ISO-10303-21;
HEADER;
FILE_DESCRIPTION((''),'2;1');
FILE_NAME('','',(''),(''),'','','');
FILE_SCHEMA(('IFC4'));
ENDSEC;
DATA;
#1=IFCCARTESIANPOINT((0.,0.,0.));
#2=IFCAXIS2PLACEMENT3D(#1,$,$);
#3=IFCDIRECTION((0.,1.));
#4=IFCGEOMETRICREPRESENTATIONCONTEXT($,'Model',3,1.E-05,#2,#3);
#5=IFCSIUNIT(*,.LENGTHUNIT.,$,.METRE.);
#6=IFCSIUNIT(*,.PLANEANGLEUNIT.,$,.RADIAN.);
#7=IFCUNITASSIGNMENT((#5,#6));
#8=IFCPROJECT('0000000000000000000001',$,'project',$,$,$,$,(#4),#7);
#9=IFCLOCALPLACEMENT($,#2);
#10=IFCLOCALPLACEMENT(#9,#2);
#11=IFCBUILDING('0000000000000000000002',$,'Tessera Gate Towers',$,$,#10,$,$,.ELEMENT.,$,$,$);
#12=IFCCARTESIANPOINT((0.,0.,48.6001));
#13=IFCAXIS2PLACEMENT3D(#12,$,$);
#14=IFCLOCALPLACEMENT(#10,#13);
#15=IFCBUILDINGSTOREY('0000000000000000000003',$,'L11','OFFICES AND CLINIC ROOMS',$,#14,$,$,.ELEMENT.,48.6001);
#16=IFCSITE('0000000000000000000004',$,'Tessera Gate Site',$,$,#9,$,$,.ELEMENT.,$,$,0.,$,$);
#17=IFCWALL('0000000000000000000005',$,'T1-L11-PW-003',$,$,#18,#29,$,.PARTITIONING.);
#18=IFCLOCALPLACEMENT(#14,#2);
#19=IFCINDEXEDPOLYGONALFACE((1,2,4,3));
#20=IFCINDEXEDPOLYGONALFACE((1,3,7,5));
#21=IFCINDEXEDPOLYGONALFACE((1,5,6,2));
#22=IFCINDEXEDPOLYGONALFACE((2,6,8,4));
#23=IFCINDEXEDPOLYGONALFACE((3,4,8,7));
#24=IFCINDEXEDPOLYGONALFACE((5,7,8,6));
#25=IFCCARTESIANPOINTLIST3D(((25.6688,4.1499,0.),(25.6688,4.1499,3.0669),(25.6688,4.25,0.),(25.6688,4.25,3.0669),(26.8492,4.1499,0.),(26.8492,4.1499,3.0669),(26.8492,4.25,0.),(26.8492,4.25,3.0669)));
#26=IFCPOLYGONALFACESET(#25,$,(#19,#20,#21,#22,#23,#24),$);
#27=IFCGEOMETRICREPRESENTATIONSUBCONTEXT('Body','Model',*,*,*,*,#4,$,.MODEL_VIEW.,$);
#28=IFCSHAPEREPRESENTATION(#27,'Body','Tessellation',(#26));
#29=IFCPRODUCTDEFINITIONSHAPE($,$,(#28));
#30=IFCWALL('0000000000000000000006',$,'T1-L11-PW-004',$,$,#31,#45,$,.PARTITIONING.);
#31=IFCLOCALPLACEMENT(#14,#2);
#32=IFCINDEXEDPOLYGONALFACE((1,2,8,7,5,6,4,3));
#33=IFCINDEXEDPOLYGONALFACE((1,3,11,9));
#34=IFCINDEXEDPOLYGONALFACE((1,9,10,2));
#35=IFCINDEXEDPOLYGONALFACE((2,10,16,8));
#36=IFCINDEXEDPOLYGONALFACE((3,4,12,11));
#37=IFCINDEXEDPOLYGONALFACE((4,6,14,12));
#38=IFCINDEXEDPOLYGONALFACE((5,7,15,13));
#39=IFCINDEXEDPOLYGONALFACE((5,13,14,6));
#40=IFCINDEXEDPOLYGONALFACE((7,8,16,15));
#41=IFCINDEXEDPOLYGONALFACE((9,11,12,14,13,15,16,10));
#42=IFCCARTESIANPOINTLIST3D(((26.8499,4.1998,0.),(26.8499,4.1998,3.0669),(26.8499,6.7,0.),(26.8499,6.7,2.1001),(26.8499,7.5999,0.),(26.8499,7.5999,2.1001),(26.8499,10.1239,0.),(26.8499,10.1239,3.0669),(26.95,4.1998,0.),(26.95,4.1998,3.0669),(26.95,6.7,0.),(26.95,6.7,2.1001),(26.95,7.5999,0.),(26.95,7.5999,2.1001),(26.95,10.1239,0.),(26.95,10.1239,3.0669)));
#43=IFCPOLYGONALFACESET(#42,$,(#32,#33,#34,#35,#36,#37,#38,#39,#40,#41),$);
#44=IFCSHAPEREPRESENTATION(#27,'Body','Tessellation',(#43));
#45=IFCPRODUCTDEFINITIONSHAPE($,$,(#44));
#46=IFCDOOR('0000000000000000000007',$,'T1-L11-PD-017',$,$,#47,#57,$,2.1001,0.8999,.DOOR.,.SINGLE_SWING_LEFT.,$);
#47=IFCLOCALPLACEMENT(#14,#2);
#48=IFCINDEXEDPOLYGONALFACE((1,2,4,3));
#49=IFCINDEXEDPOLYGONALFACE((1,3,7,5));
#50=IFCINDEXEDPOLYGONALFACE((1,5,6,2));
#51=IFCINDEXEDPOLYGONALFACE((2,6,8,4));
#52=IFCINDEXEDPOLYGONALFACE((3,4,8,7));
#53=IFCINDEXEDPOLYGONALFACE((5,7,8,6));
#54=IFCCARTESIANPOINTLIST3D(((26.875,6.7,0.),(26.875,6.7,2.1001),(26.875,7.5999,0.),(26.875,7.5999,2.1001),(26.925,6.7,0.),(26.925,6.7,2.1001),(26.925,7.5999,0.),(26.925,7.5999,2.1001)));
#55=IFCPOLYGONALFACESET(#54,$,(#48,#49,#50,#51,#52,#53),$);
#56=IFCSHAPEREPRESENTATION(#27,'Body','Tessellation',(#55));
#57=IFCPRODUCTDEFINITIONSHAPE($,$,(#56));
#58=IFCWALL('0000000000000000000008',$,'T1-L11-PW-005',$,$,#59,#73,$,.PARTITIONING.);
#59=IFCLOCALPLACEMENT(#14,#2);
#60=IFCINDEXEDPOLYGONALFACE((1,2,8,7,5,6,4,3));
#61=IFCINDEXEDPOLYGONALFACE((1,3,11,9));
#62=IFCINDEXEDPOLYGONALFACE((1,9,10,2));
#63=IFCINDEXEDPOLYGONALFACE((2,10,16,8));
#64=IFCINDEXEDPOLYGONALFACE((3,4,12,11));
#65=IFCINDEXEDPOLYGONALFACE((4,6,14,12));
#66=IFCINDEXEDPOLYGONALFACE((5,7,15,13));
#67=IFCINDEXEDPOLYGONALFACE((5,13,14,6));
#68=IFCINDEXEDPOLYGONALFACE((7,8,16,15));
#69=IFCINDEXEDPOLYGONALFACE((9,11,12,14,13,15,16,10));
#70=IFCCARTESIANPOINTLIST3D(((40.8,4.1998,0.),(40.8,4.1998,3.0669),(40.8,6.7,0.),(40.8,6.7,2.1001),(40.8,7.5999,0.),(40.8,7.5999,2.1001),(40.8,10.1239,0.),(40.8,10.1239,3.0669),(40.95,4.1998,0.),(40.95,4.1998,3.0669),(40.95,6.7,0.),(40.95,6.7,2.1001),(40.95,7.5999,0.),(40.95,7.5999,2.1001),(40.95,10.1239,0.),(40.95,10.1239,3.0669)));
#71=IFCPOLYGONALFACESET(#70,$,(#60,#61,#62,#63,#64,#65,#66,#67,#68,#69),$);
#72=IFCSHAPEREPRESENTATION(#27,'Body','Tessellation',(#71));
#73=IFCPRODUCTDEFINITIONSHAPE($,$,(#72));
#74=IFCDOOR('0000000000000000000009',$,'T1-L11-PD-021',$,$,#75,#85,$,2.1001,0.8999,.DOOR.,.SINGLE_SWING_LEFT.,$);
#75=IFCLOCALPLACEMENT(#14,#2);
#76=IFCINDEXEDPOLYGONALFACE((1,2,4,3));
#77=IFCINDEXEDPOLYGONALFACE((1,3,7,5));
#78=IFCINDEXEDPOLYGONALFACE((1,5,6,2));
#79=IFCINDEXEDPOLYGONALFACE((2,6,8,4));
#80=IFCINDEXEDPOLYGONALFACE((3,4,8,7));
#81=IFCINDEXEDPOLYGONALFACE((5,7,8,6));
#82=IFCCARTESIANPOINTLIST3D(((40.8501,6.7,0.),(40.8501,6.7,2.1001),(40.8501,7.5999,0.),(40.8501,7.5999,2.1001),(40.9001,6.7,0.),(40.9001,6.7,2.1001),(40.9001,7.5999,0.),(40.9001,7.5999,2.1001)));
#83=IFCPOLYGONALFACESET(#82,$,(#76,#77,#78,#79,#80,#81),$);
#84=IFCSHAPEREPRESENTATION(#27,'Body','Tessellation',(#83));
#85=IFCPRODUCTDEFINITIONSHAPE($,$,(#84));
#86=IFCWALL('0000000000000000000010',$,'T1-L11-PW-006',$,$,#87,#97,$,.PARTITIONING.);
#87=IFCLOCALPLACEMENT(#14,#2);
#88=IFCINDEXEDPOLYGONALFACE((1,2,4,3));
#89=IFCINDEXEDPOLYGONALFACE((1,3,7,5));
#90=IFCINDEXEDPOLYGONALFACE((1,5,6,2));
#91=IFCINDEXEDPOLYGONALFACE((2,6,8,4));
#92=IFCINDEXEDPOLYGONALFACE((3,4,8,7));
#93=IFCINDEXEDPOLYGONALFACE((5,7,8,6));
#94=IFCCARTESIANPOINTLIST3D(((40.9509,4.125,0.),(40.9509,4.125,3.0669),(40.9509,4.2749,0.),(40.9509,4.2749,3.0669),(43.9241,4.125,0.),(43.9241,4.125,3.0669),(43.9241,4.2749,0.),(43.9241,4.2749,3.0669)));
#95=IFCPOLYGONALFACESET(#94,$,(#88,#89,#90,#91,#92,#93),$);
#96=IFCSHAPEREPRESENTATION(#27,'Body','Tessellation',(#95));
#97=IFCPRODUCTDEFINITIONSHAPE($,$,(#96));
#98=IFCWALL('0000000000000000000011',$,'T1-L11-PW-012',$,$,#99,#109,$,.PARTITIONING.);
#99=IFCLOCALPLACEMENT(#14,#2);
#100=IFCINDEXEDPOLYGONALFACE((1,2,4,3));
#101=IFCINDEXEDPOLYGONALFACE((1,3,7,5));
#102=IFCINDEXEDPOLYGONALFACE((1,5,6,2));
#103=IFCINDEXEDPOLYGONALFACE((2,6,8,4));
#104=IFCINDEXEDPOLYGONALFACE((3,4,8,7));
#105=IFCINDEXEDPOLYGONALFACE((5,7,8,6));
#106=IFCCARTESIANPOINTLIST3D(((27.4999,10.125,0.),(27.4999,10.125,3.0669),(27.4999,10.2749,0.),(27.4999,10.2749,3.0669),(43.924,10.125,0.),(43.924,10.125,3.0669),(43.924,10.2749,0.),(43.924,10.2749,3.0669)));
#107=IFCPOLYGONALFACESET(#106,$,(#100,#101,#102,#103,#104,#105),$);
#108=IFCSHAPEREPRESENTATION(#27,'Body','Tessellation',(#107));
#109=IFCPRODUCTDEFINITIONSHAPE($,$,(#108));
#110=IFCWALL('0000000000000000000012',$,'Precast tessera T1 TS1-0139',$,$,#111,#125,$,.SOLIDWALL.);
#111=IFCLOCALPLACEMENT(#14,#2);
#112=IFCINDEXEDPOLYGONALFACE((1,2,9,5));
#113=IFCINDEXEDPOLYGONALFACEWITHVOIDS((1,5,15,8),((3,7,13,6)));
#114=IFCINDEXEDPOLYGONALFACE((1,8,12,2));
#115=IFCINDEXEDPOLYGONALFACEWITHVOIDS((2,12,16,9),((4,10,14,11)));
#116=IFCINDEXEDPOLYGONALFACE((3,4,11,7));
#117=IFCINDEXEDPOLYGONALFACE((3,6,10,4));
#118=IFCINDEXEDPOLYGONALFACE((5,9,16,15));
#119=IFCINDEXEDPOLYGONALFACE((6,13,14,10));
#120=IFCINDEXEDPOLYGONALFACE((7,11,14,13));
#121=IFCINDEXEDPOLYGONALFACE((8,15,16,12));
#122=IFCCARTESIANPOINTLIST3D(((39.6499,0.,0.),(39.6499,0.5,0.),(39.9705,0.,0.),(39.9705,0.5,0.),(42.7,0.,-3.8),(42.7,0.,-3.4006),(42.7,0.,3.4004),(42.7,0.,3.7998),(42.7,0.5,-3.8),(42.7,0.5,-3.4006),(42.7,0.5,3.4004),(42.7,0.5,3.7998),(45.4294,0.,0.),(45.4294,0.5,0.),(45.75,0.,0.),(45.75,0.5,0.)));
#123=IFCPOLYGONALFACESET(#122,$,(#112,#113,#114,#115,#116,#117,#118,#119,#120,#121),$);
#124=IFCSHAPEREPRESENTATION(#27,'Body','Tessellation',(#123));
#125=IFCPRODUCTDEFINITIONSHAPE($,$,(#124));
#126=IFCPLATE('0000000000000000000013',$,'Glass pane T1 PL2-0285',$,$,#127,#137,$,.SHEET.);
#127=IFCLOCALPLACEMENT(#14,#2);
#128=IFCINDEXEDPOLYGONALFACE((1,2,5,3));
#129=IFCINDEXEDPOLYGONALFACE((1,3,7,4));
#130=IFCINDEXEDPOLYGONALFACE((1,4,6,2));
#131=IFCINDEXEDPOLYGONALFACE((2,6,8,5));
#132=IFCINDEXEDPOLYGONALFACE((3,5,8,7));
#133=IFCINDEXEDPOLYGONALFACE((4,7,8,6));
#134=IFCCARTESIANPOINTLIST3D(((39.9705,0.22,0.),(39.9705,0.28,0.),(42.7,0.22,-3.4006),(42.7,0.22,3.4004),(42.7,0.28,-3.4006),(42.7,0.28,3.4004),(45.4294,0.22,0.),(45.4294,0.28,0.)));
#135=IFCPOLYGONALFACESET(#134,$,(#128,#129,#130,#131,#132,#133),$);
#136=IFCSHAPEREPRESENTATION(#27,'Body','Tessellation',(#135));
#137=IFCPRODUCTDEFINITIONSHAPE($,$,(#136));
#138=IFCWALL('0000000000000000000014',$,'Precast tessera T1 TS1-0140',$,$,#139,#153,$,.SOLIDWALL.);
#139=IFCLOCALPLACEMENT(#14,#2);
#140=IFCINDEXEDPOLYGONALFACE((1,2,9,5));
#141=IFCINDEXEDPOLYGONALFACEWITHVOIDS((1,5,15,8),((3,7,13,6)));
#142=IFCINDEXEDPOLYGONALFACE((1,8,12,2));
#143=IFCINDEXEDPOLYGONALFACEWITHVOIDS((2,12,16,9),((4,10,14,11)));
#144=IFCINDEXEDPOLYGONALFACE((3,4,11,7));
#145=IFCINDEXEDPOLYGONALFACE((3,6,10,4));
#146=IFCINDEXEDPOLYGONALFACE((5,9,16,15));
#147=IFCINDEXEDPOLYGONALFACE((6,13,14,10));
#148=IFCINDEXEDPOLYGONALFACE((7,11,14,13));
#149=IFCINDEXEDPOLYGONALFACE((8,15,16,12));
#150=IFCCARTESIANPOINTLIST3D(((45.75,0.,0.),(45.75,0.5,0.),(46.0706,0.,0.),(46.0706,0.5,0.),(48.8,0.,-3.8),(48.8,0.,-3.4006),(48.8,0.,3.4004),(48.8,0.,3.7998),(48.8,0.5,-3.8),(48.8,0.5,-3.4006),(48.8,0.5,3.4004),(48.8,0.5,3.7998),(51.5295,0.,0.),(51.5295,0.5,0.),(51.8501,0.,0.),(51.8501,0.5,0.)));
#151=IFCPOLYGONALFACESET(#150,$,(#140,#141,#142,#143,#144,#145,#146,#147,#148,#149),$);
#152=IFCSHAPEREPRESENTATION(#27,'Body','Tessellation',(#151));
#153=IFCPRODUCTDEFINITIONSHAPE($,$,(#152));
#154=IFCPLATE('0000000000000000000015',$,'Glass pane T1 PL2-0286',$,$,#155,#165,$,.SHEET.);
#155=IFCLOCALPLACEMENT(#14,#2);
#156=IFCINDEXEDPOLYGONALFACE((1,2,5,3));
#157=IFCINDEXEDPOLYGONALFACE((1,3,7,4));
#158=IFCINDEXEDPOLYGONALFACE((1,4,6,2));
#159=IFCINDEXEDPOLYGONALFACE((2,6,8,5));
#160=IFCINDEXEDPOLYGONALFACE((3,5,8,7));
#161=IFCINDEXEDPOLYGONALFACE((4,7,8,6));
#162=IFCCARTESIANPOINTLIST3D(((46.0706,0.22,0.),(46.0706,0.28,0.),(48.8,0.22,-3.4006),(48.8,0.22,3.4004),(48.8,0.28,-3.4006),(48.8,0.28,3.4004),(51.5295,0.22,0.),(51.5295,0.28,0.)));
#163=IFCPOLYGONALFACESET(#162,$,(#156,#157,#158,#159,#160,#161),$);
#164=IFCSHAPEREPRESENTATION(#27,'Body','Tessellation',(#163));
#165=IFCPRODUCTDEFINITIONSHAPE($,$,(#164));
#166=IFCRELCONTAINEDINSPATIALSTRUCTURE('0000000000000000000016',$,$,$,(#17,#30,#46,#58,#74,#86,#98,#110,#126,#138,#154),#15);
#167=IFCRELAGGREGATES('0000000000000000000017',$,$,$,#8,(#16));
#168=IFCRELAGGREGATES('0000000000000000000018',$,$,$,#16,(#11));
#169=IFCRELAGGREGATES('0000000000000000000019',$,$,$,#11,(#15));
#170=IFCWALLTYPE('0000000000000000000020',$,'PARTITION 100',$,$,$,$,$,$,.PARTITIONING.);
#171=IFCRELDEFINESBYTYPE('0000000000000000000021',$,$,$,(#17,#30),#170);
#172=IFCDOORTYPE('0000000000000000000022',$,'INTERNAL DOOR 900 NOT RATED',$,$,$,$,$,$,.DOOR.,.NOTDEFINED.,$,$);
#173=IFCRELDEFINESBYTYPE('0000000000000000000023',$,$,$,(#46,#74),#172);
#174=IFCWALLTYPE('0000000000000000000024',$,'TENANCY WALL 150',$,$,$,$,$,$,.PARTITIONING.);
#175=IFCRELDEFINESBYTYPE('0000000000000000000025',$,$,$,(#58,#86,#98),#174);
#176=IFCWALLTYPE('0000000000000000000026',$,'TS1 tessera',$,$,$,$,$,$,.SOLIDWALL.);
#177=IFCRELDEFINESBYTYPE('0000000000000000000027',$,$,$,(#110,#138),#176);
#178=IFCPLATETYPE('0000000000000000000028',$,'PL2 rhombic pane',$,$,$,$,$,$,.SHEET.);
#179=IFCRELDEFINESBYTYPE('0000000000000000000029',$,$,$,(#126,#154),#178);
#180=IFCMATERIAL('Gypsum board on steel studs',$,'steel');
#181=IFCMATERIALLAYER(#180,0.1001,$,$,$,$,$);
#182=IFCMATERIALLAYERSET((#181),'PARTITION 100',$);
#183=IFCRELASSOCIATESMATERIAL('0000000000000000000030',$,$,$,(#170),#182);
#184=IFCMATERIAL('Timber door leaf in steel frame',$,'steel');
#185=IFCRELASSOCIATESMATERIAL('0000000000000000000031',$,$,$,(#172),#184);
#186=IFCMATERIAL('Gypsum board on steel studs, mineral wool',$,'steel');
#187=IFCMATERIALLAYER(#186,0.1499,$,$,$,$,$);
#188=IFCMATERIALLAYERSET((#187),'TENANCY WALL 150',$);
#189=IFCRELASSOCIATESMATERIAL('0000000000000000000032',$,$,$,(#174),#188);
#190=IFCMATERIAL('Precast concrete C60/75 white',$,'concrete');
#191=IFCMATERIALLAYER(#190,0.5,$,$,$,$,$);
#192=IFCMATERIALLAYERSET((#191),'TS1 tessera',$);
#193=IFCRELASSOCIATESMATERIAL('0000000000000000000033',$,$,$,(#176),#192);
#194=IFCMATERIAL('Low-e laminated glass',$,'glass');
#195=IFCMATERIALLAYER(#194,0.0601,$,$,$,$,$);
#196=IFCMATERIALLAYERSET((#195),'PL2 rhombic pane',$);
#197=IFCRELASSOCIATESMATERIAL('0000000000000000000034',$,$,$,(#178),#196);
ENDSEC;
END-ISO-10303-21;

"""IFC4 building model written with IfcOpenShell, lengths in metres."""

from ifc_helpers import new_model, si_unit, direction, frame, frame_2d, origin, place, context, subcontext, project, spatial, polyline, rectangle, outline, extrude, source, transform, mapped, material, layer, layer_set, type_object, element, fill, save


model = new_model("IFC4")

# Units and contexts
model_context = context("Model", 3, precision=1e-05, world=origin(), true_north=direction((0.0, 1.0)))
body_context = subcontext(model_context, "Body", "Model", "MODEL_VIEW")
ifc_project = project(units=[si_unit("LENGTHUNIT", "METRE"), si_unit("PLANEANGLEUNIT", "RADIAN")], contexts=[model_context])

# Site, building, storey
site_placement = place(None, origin())
site = spatial("IfcSite", under=ifc_project, at=site_placement, Name="Tessera Gate Site", CompositionType="ELEMENT", RefElevation=0.0)
building_placement = place(site_placement, origin())
building = spatial("IfcBuilding", under=site, at=building_placement, Name="Tessera Gate Towers", CompositionType="ELEMENT")
storey_placement = place(building_placement, frame((0.0, 0.0, 48.6001)))
storey = spatial("IfcBuildingStorey", under=building, at=storey_placement, Name="L11", Description="OFFICES AND CLINIC ROOMS", CompositionType="ELEMENT", Elevation=48.6001)

# Shared definitions
shared_shape_1 = source(origin(), body_context, "Body", "SweptSolid", [
    extrude(rectangle(XDim=0.8999, YDim=2.1001, at=frame_2d((0.45, 1.05))), frame((0.0, 0.085, 0.0), z_axis=(0.0, -1.0, 0.0), x_axis=(1.0, 0.0, 0.0)), (0.0, 0.0, 1.0), 0.1699),
])
shared_shape_2 = source(origin(), body_context, "Body", "SweptSolid", [
    extrude(rectangle(XDim=0.8999, YDim=2.1001, at=frame_2d((0.45, 1.05))), frame((0.0, 0.0249, 0.0), z_axis=(0.0, -1.0, 0.0), x_axis=(1.0, 0.0, 0.0)), (0.0, 0.0, 1.0), 0.05),
])

# Shared definitions
shared_shape_3 = source(origin(), body_context, "Body", "SweptSolid", [
    extrude(rectangle(XDim=0.8999, YDim=2.1001, at=frame_2d((0.45, 1.05))), frame((0.0, 0.0601, 0.0), z_axis=(0.0, -1.0, 0.0), x_axis=(1.0, 0.0, 0.0)), (0.0, 0.0, 1.0), 0.1201),
])

# Wall
ifc_material_1 = material(Name="Gypsum board on steel studs", Category="steel")
ifc_layer_1 = layer(ifc_material_1, 0.1001)
ifc_layer_set_1 = layer_set([ifc_layer_1], Name="PARTITION 100")
wall_type_1 = type_object("IfcWallType", Name="PARTITION 100", PredefinedType="PARTITIONING", material=ifc_layer_set_1)
wall_1_placement = place(storey_placement, frame((25.6687, 4.2, 0.0), z_axis=(0.0, 0.0, 1.0), x_axis=(1.0, 0.0, 0.0)))
element("IfcWall", 1, at=wall_1_placement, inside=storey, type_object=wall_type_1, Name="T1-L11-PW-003", PredefinedType="PARTITIONING", context=body_context, shape_type="SweptSolid", body=[
    extrude(rectangle(XDim=1.1804, YDim=0.1001, at=frame_2d((0.5903, 0.0))), origin(), (0.0, 0.0, 1.0), 3.0669),
])

# Walls, openings, doors
wall_2_placement = place(storey_placement, frame((26.8999, 4.2, 0.0), z_axis=(0.0, 0.0, 1.0), x_axis=(0.0, 1.0, 0.0)))
wall_2 = element("IfcWall", 2, at=wall_2_placement, inside=storey, type_object=wall_type_1, Name="T1-L11-PW-004", PredefinedType="PARTITIONING", context=body_context, shape_type="SweptSolid", body=[
    extrude(rectangle(XDim=5.9241, YDim=0.1001, at=frame_2d((2.9619, 0.0))), origin(), (0.0, 0.0, 1.0), 3.0669),
])
opening_1_placement = place(wall_2_placement, frame((2.5, 0.0, 0.0)))
opening_1 = element("IfcOpeningElement", 3, at=opening_1_placement, cuts=wall_2, PredefinedType="OPENING", context=body_context, shape_type="MappedRepresentation", body=[
    mapped(shared_shape_3, transform((0.0, 0.0, 0.0), scale=1.0)),
])
ifc_material_2 = material(Name="Timber door leaf in steel frame", Category="steel")
door_type_1 = type_object("IfcDoorType", Name="INTERNAL DOOR 900 NOT RATED", OperationType="NOTDEFINED", PredefinedType="DOOR", material=ifc_material_2)
door_1_placement = place(opening_1_placement, origin())
door_1 = element("IfcDoor", 4, at=door_1_placement, inside=storey, type_object=door_type_1, Name="T1-L11-PD-017", OperationType="SINGLE_SWING_LEFT", OverallHeight=2.1001, OverallWidth=0.8999, PredefinedType="DOOR", context=body_context, shape_type="MappedRepresentation", body=[
    mapped(shared_shape_2, transform((0.0, 0.0, 0.0), scale=1.0)),
])
fill(opening_1, door_1)
ifc_material_3 = material(Name="Gypsum board on steel studs, mineral wool", Category="steel")
ifc_layer_2 = layer(ifc_material_3, 0.1499)
ifc_layer_set_2 = layer_set([ifc_layer_2], Name="TENANCY WALL 150")
wall_type_2 = type_object("IfcWallType", Name="TENANCY WALL 150", PredefinedType="PARTITIONING", material=ifc_layer_set_2)
wall_3_placement = place(storey_placement, frame((40.875, 4.2, 0.0), z_axis=(0.0, 0.0, 1.0), x_axis=(0.0, 1.0, 0.0)))
wall_3 = element("IfcWall", 5, at=wall_3_placement, inside=storey, type_object=wall_type_2, Name="T1-L11-PW-005", PredefinedType="PARTITIONING", context=body_context, shape_type="SweptSolid", body=[
    extrude(rectangle(XDim=5.9241, YDim=0.1499, at=frame_2d((2.9619, 0.0))), origin(), (0.0, 0.0, 1.0), 3.0669),
])
opening_2_placement = place(wall_3_placement, frame((2.5, 0.0, 0.0)))
opening_2 = element("IfcOpeningElement", 6, at=opening_2_placement, cuts=wall_3, PredefinedType="OPENING", context=body_context, shape_type="MappedRepresentation", body=[
    mapped(shared_shape_1, transform((0.0, 0.0, 0.0), scale=1.0)),
])
door_2_placement = place(opening_2_placement, origin())
door_2 = element("IfcDoor", 7, at=door_2_placement, inside=storey, type_object=door_type_1, Name="T1-L11-PD-021", OperationType="SINGLE_SWING_LEFT", OverallHeight=2.1001, OverallWidth=0.8999, PredefinedType="DOOR", context=body_context, shape_type="MappedRepresentation", body=[
    mapped(shared_shape_2, transform((0.0, 0.0, 0.0), scale=1.0)),
])
fill(opening_2, door_2)

# Walls
wall_4_placement = place(storey_placement, frame((40.9509, 4.2, 0.0), z_axis=(0.0, 0.0, 1.0), x_axis=(1.0, 0.0, 0.0)))
element("IfcWall", 8, at=wall_4_placement, inside=storey, type_object=wall_type_2, Name="T1-L11-PW-006", PredefinedType="PARTITIONING", context=body_context, shape_type="SweptSolid", body=[
    extrude(rectangle(XDim=2.9731, YDim=0.1499, at=frame_2d((1.4866, 0.0))), origin(), (0.0, 0.0, 1.0), 3.0669),
])
wall_5_placement = place(storey_placement, frame((27.5, 10.2, 0.0), z_axis=(0.0, 0.0, 1.0), x_axis=(1.0, 0.0, 0.0)))
element("IfcWall", 9, at=wall_5_placement, inside=storey, type_object=wall_type_2, Name="T1-L11-PW-012", PredefinedType="PARTITIONING", context=body_context, shape_type="SweptSolid", body=[
    extrude(rectangle(XDim=16.4241, YDim=0.1499, at=frame_2d((8.2119, 0.0))), origin(), (0.0, 0.0, 1.0), 3.0669),
])

# Walls, openings, plates
ifc_material_4 = material(Name="Precast concrete C60/75 white", Category="concrete")
ifc_layer_3 = layer(ifc_material_4, 0.5)
ifc_layer_set_3 = layer_set([ifc_layer_3], Name="TS1 tessera")
wall_type_3 = type_object("IfcWallType", Name="TS1 tessera", PredefinedType="SOLIDWALL", material=ifc_layer_set_3)
shared_shape_4 = source(origin(), body_context, "Body", "SweptSolid", [
    extrude(outline(polyline([(3.05, 0.0), (6.1001, 3.8), (3.05, 7.5999), (0.0, 3.8), (3.05, 0.0)])), frame((0.0, 0.25, 0.0), z_axis=(0.0, -1.0, 0.0), x_axis=(1.0, 0.0, 0.0)), (0.0, 0.0, 1.0), 0.5),
])
wall_6_placement = place(storey_placement, frame((39.6499, 0.25, -3.8), z_axis=(0.0, 0.0, 1.0), x_axis=(1.0, 0.0, 0.0)))
wall_6 = element("IfcWall", 10, at=wall_6_placement, inside=storey, type_object=wall_type_3, Name="Precast tessera T1 TS1-0139", PredefinedType="SOLIDWALL", context=body_context, shape_type="MappedRepresentation", body=[
    mapped(shared_shape_4, transform((0.0, 0.0, 0.0), scale=1.0)),
])
shared_shape_5 = source(origin(), body_context, "Body", "SweptSolid", [
    extrude(outline(polyline([(3.05, 0.3994), (5.7795, 3.8), (3.05, 7.2004), (0.3206, 3.8), (3.05, 0.3994)])), frame((0.0, 0.26, 0.0), z_axis=(0.0, -1.0, 0.0), x_axis=(1.0, 0.0, 0.0)), (0.0, 0.0, 1.0), 0.52),
])
opening_3_placement = place(wall_6_placement, origin())
opening_3 = element("IfcOpeningElement", 11, at=opening_3_placement, cuts=wall_6, PredefinedType="OPENING", context=body_context, shape_type="MappedRepresentation", body=[
    mapped(shared_shape_5, transform((0.0, 0.0, 0.0), scale=1.0)),
])
ifc_material_5 = material(Name="Low-e laminated glass", Category="glass")
ifc_layer_4 = layer(ifc_material_5, 0.0601)
ifc_layer_set_4 = layer_set([ifc_layer_4], Name="PL2 rhombic pane")
plate_type = type_object("IfcPlateType", Name="PL2 rhombic pane", PredefinedType="SHEET", material=ifc_layer_set_4)
shared_shape_6 = source(origin(), body_context, "Body", "SweptSolid", [
    extrude(outline(polyline([(3.05, 0.3994), (5.7795, 3.8), (3.05, 7.2004), (0.3206, 3.8), (3.05, 0.3994)])), frame((0.0, 0.03, 0.0), z_axis=(0.0, -1.0, 0.0), x_axis=(1.0, 0.0, 0.0)), (0.0, 0.0, 1.0), 0.0601),
])
plate_1_placement = place(opening_3_placement, origin())
plate_1 = element("IfcPlate", 12, at=plate_1_placement, inside=storey, type_object=plate_type, Name="Glass pane T1 PL2-0285", PredefinedType="SHEET", context=body_context, shape_type="MappedRepresentation", body=[
    mapped(shared_shape_6, transform((0.0, 0.0, 0.0), scale=1.0)),
])
fill(opening_3, plate_1)
wall_7_placement = place(storey_placement, frame((45.75, 0.25, -3.8), z_axis=(0.0, 0.0, 1.0), x_axis=(1.0, 0.0, 0.0)))
wall_7 = element("IfcWall", 13, at=wall_7_placement, inside=storey, type_object=wall_type_3, Name="Precast tessera T1 TS1-0140", PredefinedType="SOLIDWALL", context=body_context, shape_type="MappedRepresentation", body=[
    mapped(shared_shape_4, transform((0.0, 0.0, 0.0), scale=1.0)),
])
opening_4_placement = place(wall_7_placement, origin())
opening_4 = element("IfcOpeningElement", 14, at=opening_4_placement, cuts=wall_7, PredefinedType="OPENING", context=body_context, shape_type="MappedRepresentation", body=[
    mapped(shared_shape_5, transform((0.0, 0.0, 0.0), scale=1.0)),
])
plate_2_placement = place(opening_4_placement, origin())
plate_2 = element("IfcPlate", 15, at=plate_2_placement, inside=storey, type_object=plate_type, Name="Glass pane T1 PL2-0286", PredefinedType="SHEET", context=body_context, shape_type="MappedRepresentation", body=[
    mapped(shared_shape_6, transform((0.0, 0.0, 0.0), scale=1.0)),
])
fill(opening_4, plate_2)

save(model, "model.ifc")
